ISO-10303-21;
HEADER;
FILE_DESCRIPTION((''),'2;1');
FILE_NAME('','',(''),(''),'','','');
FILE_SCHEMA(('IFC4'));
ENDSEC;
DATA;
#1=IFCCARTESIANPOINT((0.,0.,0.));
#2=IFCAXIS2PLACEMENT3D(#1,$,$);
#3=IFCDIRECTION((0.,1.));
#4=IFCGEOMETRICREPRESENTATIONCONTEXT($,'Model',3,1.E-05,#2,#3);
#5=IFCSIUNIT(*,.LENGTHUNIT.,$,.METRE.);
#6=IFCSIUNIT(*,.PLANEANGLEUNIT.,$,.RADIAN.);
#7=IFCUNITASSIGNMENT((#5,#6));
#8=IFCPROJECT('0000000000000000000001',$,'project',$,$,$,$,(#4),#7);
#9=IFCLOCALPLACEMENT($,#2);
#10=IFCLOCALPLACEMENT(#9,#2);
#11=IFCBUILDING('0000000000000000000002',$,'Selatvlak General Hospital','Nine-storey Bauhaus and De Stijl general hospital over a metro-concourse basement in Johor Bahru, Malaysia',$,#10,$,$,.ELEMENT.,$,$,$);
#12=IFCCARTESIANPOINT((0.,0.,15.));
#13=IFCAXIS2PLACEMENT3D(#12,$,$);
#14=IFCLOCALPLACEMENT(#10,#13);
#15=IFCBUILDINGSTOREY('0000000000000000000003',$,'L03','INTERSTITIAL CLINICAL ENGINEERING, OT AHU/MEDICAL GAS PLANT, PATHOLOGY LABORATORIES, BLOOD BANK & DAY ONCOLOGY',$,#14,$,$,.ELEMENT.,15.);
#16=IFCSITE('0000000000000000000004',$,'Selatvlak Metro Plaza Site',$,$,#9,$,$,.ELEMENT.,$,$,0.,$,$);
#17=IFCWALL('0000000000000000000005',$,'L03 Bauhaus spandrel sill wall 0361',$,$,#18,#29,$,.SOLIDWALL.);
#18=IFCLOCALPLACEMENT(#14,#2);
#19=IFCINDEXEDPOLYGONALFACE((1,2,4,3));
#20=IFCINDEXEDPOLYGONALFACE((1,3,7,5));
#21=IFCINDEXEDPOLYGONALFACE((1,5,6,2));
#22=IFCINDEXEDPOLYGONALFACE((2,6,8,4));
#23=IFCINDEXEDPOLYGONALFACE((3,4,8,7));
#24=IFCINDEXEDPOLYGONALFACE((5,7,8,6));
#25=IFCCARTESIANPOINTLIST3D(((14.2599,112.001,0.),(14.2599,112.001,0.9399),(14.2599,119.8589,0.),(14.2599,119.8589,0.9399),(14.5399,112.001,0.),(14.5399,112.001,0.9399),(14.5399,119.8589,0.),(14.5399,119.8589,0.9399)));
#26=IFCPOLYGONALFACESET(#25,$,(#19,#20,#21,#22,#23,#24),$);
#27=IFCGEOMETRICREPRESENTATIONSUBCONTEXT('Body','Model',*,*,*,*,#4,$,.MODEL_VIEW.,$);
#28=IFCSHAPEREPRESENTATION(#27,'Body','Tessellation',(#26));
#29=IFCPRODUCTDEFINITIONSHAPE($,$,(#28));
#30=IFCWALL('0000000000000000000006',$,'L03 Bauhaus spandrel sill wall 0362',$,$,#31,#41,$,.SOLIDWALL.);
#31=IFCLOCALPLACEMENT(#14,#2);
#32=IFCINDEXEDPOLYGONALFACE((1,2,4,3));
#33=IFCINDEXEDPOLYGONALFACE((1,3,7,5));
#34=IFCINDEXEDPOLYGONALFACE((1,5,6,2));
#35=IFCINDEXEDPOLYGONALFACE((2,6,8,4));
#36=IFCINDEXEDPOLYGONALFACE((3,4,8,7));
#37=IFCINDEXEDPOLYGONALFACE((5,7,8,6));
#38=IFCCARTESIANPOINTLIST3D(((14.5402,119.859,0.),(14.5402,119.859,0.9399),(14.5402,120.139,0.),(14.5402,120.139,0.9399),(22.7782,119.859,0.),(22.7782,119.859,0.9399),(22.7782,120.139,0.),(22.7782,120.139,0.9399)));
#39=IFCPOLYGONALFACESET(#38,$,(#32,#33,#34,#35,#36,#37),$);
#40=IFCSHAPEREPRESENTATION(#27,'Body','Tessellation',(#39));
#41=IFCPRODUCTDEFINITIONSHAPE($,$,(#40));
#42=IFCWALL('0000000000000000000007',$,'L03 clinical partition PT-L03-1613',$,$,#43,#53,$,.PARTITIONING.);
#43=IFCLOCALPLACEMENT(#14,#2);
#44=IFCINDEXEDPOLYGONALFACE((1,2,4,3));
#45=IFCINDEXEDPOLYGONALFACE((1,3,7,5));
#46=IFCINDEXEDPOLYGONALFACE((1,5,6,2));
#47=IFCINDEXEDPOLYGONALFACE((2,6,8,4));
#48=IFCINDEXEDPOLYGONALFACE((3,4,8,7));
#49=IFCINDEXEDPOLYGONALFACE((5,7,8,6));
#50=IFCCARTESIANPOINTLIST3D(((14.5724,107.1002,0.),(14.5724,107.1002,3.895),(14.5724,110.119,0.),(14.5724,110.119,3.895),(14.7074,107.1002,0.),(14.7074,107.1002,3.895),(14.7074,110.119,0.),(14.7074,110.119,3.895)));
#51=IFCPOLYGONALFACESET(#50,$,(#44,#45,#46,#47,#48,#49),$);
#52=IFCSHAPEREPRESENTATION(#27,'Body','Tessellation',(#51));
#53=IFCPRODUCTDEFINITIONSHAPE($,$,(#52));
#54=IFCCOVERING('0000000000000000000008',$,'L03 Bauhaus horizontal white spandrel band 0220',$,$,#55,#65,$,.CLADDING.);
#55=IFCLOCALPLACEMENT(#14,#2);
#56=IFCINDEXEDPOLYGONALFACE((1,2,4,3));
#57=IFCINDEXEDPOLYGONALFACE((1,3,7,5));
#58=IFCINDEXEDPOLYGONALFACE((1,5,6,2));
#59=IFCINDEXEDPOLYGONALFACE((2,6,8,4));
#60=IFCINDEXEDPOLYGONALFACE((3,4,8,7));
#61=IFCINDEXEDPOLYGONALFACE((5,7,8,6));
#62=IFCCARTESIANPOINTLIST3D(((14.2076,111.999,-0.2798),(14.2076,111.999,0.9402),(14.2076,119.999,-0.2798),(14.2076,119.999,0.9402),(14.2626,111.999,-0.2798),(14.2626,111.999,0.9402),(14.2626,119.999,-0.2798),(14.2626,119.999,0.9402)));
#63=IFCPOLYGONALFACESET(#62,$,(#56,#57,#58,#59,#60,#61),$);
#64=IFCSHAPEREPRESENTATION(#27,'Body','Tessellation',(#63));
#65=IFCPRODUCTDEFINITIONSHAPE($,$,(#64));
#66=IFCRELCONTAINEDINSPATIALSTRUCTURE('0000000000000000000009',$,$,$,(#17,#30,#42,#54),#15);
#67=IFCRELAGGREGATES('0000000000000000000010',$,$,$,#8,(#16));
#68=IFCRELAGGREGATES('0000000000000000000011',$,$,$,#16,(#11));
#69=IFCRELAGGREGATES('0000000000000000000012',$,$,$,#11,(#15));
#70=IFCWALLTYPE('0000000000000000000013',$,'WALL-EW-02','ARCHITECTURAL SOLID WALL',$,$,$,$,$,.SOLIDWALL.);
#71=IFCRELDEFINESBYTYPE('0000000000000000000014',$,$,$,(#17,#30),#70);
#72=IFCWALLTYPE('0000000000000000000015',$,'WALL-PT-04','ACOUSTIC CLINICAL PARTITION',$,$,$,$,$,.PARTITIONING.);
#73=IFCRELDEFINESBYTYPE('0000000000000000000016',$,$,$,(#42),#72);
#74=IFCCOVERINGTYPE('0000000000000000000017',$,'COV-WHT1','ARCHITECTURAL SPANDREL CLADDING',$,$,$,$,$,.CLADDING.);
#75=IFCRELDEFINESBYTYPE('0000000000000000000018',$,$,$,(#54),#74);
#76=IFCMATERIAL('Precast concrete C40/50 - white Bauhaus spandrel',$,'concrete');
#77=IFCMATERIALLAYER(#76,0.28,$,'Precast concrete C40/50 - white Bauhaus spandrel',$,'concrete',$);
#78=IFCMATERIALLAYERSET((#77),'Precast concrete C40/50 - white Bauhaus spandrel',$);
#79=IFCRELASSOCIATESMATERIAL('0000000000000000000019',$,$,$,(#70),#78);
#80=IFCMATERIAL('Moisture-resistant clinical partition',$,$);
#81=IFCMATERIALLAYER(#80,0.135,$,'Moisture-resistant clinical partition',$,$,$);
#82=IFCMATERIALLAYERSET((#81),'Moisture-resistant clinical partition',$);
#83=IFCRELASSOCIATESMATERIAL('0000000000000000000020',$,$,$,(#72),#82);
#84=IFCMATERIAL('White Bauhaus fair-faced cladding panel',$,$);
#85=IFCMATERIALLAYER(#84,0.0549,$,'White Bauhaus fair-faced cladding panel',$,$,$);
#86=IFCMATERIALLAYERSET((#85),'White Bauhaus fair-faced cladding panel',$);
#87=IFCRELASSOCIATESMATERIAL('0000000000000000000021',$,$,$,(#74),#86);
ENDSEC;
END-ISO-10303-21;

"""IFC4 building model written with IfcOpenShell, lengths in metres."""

from ifc_helpers import new_model, si_unit, direction, frame, frame_2d, origin, origin_2d, place, context, subcontext, project, spatial, rectangle, extrude, material, layer, layer_set, type_object, element, save


model = new_model("IFC4")

# Units and contexts
model_context = context("Model", 3, precision=1e-05, world=origin(), true_north=direction((0.0, 1.0)))
body_context = subcontext(model_context, "Body", "Model", "MODEL_VIEW")
ifc_project = project(units=[si_unit("LENGTHUNIT", "METRE"), si_unit("PLANEANGLEUNIT", "RADIAN")], contexts=[model_context])

# Site, building, storey
site_placement = place(None, origin())
site = spatial("IfcSite", under=ifc_project, at=site_placement, Name="Selatvlak Metro Plaza Site", CompositionType="ELEMENT", RefElevation=0.0)
building_placement = place(site_placement, origin())
building = spatial("IfcBuilding", under=site, at=building_placement, Name="Selatvlak General Hospital", Description="Nine-storey Bauhaus and De Stijl general hospital over a metro-concourse basement in Johor Bahru, Malaysia", CompositionType="ELEMENT")
storey_placement = place(building_placement, frame((0.0, 0.0, 15.0)))
storey = spatial("IfcBuildingStorey", under=building, at=storey_placement, Name="L03", Description="INTERSTITIAL CLINICAL ENGINEERING, OT AHU/MEDICAL GAS PLANT, PATHOLOGY LABORATORIES, BLOOD BANK & DAY ONCOLOGY", CompositionType="ELEMENT", Elevation=15.0)

# Walls
ifc_material_1 = material(Name="Precast concrete C40/50 - white Bauhaus spandrel", Category="concrete")
ifc_layer_1 = layer(ifc_material_1, 0.28, Name="Precast concrete C40/50 - white Bauhaus spandrel", Category="concrete")
ifc_layer_set_1 = layer_set([ifc_layer_1], Name="Precast concrete C40/50 - white Bauhaus spandrel")
wall_type_1 = type_object("IfcWallType", Name="WALL-EW-02", Description="ARCHITECTURAL SOLID WALL", PredefinedType="SOLIDWALL", material=ifc_layer_set_1)
wall_1_placement = place(storey_placement, frame((14.3999, 112.001, 0.0), z_axis=(0.0, 0.0, 1.0), x_axis=(0.0, 1.0, 0.0)))
element("IfcWall", 1, at=wall_1_placement, inside=storey, type_object=wall_type_1, Name="L03 Bauhaus spandrel sill wall 0361", PredefinedType="SOLIDWALL", context=body_context, shape_type="SweptSolid", body=[
    extrude(rectangle(XDim=7.8579, YDim=0.28, at=frame_2d((3.929, 0.0))), origin(), (0.0, 0.0, 1.0), 0.9399),
])
wall_2_placement = place(storey_placement, frame((14.54, 119.999, 0.0), z_axis=(0.0, 0.0, 1.0), x_axis=(1.0, 0.0, 0.0)))
element("IfcWall", 2, at=wall_2_placement, inside=storey, type_object=wall_type_1, Name="L03 Bauhaus spandrel sill wall 0362", PredefinedType="SOLIDWALL", context=body_context, shape_type="SweptSolid", body=[
    extrude(rectangle(XDim=8.238, YDim=0.28, at=frame_2d((4.1191, 0.0))), origin(), (0.0, 0.0, 1.0), 0.9399),
])
ifc_material_2 = material(Name="Moisture-resistant clinical partition")
ifc_layer_2 = layer(ifc_material_2, 0.135, Name="Moisture-resistant clinical partition")
ifc_layer_set_2 = layer_set([ifc_layer_2], Name="Moisture-resistant clinical partition")
wall_type_2 = type_object("IfcWallType", Name="WALL-PT-04", Description="ACOUSTIC CLINICAL PARTITION", PredefinedType="PARTITIONING", material=ifc_layer_set_2)
wall_3_placement = place(storey_placement, frame((14.6399, 110.1189, 0.0), z_axis=(0.0, 0.0, 1.0), x_axis=(0.0, -1.0, 0.0)))
element("IfcWall", 3, at=wall_3_placement, inside=storey, type_object=wall_type_2, Name="L03 clinical partition PT-L03-1613", PredefinedType="PARTITIONING", context=body_context, shape_type="SweptSolid", body=[
    extrude(rectangle(XDim=3.0188, YDim=0.135, at=frame_2d((1.5093, 0.0))), origin(), (0.0, 0.0, 1.0), 3.895),
])

# Covering
ifc_material_3 = material(Name="White Bauhaus fair-faced cladding panel")
ifc_layer_3 = layer(ifc_material_3, 0.0549, Name="White Bauhaus fair-faced cladding panel")
ifc_layer_set_3 = layer_set([ifc_layer_3], Name="White Bauhaus fair-faced cladding panel")
covering_type = type_object("IfcCoveringType", Name="COV-WHT1", Description="ARCHITECTURAL SPANDREL CLADDING", PredefinedType="CLADDING", material=ifc_layer_set_3)
covering_placement = place(storey_placement, frame((14.2351, 115.999, -0.2798), z_axis=(0.0, 0.0, 1.0), x_axis=(0.0, 1.0, 0.0)))
element("IfcCovering", 4, at=covering_placement, inside=storey, type_object=covering_type, Name="L03 Bauhaus horizontal white spandrel band 0220", PredefinedType="CLADDING", context=body_context, shape_type="SweptSolid", body=[
    extrude(rectangle(XDim=8.0, YDim=0.0549, at=origin_2d()), origin(), (0.0, 0.0, 1.0), 1.22),
])

save(model, "model.ifc")
